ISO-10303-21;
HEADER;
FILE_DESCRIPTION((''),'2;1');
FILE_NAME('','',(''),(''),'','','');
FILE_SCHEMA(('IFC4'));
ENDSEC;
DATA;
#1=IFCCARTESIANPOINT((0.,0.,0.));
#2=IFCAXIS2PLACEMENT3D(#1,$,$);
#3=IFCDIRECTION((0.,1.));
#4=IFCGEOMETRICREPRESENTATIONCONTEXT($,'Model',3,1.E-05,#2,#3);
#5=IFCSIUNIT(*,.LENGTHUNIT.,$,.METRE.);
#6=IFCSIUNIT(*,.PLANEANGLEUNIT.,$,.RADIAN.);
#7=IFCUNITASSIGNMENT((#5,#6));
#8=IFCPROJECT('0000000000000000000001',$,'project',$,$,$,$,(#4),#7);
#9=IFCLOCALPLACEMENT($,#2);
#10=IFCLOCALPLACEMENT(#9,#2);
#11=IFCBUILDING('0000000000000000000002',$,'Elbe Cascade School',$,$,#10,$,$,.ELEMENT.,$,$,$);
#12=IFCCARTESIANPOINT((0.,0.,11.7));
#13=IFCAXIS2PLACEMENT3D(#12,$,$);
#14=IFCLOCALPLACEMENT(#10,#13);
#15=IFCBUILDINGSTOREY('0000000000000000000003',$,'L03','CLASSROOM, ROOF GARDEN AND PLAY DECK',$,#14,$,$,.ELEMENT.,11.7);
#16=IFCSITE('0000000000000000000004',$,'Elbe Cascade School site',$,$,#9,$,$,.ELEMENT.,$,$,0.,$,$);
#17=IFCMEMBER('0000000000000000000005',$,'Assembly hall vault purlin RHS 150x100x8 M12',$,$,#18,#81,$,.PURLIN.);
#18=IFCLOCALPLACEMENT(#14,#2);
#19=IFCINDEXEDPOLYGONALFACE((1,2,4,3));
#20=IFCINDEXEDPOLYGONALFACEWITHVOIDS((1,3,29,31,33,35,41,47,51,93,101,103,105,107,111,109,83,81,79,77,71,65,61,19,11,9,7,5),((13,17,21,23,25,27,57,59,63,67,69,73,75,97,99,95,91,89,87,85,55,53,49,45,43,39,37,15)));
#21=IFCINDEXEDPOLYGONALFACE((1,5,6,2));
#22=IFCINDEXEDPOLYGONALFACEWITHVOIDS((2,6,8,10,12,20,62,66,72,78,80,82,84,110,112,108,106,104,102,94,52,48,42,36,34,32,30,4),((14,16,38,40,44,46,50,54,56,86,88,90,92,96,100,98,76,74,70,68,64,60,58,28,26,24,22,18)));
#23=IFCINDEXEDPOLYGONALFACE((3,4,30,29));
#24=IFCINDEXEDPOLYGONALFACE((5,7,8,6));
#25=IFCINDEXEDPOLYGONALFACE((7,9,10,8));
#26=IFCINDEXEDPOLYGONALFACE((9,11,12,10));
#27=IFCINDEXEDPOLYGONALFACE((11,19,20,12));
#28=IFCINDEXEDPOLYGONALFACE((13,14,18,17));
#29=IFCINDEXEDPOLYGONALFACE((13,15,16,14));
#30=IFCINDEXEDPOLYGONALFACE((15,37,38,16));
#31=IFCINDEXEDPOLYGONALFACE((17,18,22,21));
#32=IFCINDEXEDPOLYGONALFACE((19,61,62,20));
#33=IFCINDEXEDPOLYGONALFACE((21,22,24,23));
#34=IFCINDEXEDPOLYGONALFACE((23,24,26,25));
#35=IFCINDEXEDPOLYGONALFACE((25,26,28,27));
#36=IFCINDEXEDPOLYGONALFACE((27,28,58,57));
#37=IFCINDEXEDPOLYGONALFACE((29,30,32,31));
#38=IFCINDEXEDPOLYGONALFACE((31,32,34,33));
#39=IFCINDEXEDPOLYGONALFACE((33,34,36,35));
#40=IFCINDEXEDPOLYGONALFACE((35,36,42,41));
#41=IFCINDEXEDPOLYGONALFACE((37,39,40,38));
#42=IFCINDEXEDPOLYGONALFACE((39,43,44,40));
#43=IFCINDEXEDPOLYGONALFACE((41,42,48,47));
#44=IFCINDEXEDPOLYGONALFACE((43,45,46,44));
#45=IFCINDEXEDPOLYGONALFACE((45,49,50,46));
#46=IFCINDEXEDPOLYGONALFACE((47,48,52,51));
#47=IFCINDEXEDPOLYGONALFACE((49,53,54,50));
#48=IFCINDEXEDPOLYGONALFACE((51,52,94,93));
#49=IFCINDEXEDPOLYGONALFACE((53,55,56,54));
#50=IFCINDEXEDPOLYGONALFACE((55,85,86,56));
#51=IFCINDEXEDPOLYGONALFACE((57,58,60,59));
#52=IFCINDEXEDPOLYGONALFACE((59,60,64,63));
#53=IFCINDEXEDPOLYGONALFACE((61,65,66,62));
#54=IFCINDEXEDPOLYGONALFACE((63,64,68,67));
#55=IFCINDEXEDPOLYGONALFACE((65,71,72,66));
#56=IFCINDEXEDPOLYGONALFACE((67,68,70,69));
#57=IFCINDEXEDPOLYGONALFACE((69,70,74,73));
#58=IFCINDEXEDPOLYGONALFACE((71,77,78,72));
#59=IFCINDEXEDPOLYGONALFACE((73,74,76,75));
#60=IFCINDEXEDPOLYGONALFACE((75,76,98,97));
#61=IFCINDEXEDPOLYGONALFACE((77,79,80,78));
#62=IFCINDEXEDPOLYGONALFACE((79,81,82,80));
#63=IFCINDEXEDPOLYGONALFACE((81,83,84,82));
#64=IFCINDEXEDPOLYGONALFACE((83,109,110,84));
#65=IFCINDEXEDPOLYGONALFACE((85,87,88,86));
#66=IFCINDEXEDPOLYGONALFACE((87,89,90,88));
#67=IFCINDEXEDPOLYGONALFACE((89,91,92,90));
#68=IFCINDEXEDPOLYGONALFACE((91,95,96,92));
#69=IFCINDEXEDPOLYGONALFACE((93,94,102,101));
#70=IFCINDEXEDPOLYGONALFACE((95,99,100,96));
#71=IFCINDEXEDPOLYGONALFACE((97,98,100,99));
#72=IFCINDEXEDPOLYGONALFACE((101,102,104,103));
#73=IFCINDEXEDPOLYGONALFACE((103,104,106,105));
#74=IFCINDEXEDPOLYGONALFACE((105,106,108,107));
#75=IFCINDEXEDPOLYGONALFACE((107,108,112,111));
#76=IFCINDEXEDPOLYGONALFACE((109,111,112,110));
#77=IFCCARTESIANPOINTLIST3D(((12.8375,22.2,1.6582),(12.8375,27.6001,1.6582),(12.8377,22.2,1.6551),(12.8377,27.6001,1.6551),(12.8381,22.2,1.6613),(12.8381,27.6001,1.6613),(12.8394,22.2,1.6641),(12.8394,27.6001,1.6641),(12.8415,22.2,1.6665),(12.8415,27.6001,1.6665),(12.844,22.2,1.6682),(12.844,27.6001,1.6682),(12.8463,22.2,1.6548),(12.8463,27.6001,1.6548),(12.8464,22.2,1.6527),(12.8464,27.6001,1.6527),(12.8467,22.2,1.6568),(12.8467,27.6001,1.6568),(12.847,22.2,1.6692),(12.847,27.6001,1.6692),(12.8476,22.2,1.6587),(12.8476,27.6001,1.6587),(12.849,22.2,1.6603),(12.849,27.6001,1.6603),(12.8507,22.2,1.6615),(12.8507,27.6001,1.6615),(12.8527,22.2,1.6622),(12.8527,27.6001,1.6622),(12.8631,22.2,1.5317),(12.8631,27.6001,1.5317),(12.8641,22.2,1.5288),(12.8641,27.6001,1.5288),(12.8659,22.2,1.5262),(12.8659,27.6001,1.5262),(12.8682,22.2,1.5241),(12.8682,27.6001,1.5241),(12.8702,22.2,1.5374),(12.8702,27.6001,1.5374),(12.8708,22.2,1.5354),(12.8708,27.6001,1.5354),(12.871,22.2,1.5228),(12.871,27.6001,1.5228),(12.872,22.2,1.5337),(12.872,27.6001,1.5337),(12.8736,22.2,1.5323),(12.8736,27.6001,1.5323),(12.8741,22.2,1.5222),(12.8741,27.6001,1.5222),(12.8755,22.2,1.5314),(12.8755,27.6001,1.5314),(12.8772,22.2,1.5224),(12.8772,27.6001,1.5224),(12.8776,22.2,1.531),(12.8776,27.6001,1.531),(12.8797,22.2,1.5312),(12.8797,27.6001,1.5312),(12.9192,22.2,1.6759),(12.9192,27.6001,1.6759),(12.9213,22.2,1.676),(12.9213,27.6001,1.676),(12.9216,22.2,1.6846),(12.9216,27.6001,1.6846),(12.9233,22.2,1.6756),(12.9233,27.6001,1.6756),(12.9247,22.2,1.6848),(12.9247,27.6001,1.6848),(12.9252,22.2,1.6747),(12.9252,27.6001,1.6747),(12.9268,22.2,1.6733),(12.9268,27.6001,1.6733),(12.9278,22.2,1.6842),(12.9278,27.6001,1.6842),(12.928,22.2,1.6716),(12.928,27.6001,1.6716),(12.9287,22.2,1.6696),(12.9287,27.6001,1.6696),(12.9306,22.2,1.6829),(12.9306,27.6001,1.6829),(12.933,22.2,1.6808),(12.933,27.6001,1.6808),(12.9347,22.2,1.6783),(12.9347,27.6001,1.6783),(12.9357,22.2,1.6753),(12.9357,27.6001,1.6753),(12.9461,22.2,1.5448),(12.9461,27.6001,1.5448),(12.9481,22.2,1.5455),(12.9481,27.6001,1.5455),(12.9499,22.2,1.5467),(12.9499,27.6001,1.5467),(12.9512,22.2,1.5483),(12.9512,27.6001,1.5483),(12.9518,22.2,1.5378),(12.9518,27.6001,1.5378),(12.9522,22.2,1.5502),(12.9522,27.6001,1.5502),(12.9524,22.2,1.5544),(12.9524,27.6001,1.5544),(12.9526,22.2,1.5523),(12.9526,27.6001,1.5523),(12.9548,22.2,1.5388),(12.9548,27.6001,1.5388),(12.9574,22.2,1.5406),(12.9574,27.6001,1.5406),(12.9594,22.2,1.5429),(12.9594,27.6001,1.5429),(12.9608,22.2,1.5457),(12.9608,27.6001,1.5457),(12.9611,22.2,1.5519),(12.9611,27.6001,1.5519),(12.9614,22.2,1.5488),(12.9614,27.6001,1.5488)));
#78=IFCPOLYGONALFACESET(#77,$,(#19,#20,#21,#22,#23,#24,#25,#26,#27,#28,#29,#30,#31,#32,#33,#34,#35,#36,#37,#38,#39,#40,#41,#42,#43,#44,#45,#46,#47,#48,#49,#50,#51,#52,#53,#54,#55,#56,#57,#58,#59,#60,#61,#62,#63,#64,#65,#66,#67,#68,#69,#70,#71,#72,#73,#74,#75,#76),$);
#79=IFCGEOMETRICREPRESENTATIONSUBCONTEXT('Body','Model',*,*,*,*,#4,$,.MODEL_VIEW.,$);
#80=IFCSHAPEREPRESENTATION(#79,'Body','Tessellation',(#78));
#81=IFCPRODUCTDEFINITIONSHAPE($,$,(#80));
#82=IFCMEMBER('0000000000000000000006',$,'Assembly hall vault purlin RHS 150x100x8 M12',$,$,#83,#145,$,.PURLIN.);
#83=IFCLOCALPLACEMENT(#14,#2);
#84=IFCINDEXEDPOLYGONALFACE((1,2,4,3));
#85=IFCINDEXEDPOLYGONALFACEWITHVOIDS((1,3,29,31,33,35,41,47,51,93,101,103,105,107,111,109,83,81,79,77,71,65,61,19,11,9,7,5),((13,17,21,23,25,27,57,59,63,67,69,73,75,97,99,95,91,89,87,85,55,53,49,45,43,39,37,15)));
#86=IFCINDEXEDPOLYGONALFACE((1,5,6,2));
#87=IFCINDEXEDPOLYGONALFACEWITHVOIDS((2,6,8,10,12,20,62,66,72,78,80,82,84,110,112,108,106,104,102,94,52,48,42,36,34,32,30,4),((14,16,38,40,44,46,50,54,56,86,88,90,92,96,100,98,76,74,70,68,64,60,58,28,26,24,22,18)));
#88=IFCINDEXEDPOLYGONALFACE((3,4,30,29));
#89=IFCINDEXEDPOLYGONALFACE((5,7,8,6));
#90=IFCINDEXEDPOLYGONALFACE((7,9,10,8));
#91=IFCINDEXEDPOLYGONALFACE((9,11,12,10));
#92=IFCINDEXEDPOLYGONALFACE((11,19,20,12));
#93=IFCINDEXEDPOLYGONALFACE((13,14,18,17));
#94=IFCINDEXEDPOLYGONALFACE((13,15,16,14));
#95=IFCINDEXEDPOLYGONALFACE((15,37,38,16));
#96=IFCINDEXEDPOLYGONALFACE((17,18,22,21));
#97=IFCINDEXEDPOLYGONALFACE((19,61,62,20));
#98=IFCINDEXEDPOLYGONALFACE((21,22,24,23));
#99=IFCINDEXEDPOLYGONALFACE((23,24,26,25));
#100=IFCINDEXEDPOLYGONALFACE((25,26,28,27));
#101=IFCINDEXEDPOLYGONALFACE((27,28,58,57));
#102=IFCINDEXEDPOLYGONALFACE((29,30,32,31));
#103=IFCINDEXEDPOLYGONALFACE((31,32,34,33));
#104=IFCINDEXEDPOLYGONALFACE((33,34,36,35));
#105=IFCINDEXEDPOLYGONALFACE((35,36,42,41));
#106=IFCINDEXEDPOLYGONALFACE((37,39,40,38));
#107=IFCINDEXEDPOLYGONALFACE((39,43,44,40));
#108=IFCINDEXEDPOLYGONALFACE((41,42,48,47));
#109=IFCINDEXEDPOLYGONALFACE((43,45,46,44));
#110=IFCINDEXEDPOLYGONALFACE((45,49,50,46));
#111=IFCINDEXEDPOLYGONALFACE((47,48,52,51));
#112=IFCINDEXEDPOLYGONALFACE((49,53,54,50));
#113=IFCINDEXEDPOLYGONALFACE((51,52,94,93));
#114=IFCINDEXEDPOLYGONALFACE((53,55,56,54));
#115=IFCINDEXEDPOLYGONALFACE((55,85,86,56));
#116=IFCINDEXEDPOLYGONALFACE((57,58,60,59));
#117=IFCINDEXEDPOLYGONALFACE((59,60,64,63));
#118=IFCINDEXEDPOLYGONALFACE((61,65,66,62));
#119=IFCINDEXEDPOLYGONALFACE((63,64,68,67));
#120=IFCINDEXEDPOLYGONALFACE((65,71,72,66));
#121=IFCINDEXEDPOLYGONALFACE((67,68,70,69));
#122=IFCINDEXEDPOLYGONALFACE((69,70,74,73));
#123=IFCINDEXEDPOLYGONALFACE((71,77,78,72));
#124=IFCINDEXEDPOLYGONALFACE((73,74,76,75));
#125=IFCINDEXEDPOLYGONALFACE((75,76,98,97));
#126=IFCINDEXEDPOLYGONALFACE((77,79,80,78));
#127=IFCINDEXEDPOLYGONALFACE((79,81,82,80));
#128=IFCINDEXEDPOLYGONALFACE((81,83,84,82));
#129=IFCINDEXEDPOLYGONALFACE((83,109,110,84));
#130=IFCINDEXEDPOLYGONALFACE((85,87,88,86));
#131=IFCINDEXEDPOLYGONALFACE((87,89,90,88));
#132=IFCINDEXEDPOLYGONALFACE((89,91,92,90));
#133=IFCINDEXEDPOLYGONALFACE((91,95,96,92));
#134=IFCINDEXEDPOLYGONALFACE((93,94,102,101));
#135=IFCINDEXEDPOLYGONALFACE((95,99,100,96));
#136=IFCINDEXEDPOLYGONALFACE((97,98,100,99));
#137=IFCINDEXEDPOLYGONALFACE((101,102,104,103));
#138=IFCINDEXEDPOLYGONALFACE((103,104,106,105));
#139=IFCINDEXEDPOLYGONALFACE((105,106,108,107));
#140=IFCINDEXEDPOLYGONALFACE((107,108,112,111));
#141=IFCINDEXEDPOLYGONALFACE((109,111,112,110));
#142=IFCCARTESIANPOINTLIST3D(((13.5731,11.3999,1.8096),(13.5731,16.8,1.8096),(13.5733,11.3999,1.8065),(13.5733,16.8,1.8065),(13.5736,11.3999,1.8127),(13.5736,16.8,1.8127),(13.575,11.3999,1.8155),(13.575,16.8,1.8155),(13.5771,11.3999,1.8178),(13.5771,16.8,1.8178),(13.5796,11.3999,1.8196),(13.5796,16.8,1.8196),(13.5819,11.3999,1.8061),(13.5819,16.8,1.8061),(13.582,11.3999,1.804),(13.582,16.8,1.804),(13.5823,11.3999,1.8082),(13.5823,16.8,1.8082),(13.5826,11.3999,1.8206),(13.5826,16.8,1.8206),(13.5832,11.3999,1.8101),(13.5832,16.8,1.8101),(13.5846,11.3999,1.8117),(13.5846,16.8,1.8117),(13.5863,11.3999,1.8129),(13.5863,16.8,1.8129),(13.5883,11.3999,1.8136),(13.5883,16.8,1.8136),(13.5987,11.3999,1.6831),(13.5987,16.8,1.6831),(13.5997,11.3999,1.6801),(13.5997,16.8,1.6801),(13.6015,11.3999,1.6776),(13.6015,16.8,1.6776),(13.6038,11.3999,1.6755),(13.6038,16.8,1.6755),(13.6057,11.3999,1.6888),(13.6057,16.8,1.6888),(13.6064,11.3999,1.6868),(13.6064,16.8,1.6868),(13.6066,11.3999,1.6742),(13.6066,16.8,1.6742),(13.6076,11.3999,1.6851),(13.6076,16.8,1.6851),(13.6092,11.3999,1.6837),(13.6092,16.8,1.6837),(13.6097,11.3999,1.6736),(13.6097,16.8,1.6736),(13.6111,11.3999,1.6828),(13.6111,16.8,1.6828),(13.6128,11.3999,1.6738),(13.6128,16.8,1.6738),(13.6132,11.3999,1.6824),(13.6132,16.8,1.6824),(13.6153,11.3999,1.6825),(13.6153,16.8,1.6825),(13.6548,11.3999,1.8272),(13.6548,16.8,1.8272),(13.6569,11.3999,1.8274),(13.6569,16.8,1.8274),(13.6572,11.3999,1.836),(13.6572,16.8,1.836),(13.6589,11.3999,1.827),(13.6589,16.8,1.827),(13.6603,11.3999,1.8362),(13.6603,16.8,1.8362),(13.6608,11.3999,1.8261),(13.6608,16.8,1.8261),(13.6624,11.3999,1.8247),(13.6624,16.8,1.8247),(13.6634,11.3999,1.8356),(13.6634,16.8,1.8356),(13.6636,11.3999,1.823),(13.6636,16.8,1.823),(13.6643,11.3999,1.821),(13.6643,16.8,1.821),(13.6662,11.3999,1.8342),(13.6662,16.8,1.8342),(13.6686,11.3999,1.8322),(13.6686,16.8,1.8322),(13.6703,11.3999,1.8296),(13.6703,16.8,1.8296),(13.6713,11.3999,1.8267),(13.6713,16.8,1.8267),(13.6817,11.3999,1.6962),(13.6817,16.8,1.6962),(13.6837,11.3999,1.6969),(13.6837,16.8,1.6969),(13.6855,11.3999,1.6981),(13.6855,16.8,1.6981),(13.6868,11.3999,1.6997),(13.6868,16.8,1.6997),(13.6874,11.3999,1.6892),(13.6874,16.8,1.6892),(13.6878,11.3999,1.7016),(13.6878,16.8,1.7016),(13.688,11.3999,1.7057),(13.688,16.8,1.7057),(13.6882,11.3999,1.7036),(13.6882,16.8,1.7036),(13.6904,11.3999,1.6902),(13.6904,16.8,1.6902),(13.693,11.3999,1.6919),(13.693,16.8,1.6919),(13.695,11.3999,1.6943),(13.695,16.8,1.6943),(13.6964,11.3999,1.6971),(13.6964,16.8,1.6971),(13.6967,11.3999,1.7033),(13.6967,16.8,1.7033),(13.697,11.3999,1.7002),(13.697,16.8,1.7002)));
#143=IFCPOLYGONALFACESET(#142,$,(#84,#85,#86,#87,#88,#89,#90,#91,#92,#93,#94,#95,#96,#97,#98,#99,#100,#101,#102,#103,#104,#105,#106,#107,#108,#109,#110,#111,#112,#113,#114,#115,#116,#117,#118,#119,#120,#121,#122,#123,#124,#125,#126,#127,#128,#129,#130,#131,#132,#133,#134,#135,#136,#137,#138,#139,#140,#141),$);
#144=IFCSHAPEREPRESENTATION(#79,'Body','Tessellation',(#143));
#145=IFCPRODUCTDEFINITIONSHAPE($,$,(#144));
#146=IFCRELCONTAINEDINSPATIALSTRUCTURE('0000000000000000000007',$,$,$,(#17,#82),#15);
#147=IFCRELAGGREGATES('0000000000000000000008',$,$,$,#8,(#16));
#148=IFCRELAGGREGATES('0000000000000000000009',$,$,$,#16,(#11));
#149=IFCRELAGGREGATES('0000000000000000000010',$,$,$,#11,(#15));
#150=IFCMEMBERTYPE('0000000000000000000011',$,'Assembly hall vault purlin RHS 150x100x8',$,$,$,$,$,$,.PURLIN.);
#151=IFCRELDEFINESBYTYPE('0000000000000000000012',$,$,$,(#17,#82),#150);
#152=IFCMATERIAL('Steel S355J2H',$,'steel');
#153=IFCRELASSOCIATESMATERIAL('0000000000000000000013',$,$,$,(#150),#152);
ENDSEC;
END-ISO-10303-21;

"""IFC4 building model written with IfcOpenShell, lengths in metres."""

from ifc_helpers import new_model, si_unit, direction, frame, origin, origin_2d, place, context, subcontext, project, spatial, hollow_rectangle, extrude, material, material_profile, profile_set, type_object, element, save


model = new_model("IFC4")

# Units and contexts
model_context = context("Model", 3, precision=1e-05, world=origin(), true_north=direction((0.0, 1.0)))
body_context = subcontext(model_context, "Body", "Model", "MODEL_VIEW")
ifc_project = project(units=[si_unit("LENGTHUNIT", "METRE"), si_unit("PLANEANGLEUNIT", "RADIAN")], contexts=[model_context])

# Site, building, storey
site_placement = place(None, origin())
site = spatial("IfcSite", under=ifc_project, at=site_placement, Name="Elbe Cascade School site", CompositionType="ELEMENT", RefElevation=0.0)
building_placement = place(site_placement, origin())
building = spatial("IfcBuilding", under=site, at=building_placement, Name="Elbe Cascade School", CompositionType="ELEMENT")
storey_placement = place(building_placement, frame((0.0, 0.0, 11.7)))
storey = spatial("IfcBuildingStorey", under=building, at=storey_placement, Name="L03", Description="CLASSROOM, ROOF GARDEN AND PLAY DECK", CompositionType="ELEMENT", Elevation=11.7)

# Members
ifc_material_1 = material(Name="Steel S355J2H", Category="steel")
ifc_material_profile_1 = material_profile(ifc_material_1, hollow_rectangle(XDim=0.1001, YDim=0.1499, WallThickness=0.0081, InnerFilletRadius=0.0081, OuterFilletRadius=0.012, at=origin_2d()), Name="RHS 150x100x8")
ifc_profile_set_1 = profile_set([ifc_material_profile_1], Name="Steel S355J2H")
member_type_1 = type_object("IfcMemberType", Name="Assembly hall vault purlin RHS 150x100x8", PredefinedType="PURLIN", material=ifc_profile_set_1)
for number, where, z_axis, x_axis, name in (
    (1, (12.8994, 22.2, 1.6035), (0.0, 1.0, 0.0), (-0.979451, 0.0, -0.201683), "Assembly hall vault purlin RHS 150x100x8 M12"),
    (2, (13.635, 11.3999, 1.7549), (0.0, 1.0, 0.0), (-0.979451, 0.0, -0.201683), "Assembly hall vault purlin RHS 150x100x8 M12"),
):
    element("IfcMember", number, at=place(storey_placement, frame(where, z_axis=z_axis, x_axis=x_axis)), inside=storey, type_object=member_type_1, Name=name, PredefinedType="PURLIN", context=body_context, shape_type="SweptSolid", body=[
        extrude(hollow_rectangle(XDim=0.1001, YDim=0.1499, WallThickness=0.0081, InnerFilletRadius=0.0081, OuterFilletRadius=0.012, at=origin_2d()), origin(), (0.0, 0.0, 1.0), 5.4001),
    ])

save(model, "model.ifc")
